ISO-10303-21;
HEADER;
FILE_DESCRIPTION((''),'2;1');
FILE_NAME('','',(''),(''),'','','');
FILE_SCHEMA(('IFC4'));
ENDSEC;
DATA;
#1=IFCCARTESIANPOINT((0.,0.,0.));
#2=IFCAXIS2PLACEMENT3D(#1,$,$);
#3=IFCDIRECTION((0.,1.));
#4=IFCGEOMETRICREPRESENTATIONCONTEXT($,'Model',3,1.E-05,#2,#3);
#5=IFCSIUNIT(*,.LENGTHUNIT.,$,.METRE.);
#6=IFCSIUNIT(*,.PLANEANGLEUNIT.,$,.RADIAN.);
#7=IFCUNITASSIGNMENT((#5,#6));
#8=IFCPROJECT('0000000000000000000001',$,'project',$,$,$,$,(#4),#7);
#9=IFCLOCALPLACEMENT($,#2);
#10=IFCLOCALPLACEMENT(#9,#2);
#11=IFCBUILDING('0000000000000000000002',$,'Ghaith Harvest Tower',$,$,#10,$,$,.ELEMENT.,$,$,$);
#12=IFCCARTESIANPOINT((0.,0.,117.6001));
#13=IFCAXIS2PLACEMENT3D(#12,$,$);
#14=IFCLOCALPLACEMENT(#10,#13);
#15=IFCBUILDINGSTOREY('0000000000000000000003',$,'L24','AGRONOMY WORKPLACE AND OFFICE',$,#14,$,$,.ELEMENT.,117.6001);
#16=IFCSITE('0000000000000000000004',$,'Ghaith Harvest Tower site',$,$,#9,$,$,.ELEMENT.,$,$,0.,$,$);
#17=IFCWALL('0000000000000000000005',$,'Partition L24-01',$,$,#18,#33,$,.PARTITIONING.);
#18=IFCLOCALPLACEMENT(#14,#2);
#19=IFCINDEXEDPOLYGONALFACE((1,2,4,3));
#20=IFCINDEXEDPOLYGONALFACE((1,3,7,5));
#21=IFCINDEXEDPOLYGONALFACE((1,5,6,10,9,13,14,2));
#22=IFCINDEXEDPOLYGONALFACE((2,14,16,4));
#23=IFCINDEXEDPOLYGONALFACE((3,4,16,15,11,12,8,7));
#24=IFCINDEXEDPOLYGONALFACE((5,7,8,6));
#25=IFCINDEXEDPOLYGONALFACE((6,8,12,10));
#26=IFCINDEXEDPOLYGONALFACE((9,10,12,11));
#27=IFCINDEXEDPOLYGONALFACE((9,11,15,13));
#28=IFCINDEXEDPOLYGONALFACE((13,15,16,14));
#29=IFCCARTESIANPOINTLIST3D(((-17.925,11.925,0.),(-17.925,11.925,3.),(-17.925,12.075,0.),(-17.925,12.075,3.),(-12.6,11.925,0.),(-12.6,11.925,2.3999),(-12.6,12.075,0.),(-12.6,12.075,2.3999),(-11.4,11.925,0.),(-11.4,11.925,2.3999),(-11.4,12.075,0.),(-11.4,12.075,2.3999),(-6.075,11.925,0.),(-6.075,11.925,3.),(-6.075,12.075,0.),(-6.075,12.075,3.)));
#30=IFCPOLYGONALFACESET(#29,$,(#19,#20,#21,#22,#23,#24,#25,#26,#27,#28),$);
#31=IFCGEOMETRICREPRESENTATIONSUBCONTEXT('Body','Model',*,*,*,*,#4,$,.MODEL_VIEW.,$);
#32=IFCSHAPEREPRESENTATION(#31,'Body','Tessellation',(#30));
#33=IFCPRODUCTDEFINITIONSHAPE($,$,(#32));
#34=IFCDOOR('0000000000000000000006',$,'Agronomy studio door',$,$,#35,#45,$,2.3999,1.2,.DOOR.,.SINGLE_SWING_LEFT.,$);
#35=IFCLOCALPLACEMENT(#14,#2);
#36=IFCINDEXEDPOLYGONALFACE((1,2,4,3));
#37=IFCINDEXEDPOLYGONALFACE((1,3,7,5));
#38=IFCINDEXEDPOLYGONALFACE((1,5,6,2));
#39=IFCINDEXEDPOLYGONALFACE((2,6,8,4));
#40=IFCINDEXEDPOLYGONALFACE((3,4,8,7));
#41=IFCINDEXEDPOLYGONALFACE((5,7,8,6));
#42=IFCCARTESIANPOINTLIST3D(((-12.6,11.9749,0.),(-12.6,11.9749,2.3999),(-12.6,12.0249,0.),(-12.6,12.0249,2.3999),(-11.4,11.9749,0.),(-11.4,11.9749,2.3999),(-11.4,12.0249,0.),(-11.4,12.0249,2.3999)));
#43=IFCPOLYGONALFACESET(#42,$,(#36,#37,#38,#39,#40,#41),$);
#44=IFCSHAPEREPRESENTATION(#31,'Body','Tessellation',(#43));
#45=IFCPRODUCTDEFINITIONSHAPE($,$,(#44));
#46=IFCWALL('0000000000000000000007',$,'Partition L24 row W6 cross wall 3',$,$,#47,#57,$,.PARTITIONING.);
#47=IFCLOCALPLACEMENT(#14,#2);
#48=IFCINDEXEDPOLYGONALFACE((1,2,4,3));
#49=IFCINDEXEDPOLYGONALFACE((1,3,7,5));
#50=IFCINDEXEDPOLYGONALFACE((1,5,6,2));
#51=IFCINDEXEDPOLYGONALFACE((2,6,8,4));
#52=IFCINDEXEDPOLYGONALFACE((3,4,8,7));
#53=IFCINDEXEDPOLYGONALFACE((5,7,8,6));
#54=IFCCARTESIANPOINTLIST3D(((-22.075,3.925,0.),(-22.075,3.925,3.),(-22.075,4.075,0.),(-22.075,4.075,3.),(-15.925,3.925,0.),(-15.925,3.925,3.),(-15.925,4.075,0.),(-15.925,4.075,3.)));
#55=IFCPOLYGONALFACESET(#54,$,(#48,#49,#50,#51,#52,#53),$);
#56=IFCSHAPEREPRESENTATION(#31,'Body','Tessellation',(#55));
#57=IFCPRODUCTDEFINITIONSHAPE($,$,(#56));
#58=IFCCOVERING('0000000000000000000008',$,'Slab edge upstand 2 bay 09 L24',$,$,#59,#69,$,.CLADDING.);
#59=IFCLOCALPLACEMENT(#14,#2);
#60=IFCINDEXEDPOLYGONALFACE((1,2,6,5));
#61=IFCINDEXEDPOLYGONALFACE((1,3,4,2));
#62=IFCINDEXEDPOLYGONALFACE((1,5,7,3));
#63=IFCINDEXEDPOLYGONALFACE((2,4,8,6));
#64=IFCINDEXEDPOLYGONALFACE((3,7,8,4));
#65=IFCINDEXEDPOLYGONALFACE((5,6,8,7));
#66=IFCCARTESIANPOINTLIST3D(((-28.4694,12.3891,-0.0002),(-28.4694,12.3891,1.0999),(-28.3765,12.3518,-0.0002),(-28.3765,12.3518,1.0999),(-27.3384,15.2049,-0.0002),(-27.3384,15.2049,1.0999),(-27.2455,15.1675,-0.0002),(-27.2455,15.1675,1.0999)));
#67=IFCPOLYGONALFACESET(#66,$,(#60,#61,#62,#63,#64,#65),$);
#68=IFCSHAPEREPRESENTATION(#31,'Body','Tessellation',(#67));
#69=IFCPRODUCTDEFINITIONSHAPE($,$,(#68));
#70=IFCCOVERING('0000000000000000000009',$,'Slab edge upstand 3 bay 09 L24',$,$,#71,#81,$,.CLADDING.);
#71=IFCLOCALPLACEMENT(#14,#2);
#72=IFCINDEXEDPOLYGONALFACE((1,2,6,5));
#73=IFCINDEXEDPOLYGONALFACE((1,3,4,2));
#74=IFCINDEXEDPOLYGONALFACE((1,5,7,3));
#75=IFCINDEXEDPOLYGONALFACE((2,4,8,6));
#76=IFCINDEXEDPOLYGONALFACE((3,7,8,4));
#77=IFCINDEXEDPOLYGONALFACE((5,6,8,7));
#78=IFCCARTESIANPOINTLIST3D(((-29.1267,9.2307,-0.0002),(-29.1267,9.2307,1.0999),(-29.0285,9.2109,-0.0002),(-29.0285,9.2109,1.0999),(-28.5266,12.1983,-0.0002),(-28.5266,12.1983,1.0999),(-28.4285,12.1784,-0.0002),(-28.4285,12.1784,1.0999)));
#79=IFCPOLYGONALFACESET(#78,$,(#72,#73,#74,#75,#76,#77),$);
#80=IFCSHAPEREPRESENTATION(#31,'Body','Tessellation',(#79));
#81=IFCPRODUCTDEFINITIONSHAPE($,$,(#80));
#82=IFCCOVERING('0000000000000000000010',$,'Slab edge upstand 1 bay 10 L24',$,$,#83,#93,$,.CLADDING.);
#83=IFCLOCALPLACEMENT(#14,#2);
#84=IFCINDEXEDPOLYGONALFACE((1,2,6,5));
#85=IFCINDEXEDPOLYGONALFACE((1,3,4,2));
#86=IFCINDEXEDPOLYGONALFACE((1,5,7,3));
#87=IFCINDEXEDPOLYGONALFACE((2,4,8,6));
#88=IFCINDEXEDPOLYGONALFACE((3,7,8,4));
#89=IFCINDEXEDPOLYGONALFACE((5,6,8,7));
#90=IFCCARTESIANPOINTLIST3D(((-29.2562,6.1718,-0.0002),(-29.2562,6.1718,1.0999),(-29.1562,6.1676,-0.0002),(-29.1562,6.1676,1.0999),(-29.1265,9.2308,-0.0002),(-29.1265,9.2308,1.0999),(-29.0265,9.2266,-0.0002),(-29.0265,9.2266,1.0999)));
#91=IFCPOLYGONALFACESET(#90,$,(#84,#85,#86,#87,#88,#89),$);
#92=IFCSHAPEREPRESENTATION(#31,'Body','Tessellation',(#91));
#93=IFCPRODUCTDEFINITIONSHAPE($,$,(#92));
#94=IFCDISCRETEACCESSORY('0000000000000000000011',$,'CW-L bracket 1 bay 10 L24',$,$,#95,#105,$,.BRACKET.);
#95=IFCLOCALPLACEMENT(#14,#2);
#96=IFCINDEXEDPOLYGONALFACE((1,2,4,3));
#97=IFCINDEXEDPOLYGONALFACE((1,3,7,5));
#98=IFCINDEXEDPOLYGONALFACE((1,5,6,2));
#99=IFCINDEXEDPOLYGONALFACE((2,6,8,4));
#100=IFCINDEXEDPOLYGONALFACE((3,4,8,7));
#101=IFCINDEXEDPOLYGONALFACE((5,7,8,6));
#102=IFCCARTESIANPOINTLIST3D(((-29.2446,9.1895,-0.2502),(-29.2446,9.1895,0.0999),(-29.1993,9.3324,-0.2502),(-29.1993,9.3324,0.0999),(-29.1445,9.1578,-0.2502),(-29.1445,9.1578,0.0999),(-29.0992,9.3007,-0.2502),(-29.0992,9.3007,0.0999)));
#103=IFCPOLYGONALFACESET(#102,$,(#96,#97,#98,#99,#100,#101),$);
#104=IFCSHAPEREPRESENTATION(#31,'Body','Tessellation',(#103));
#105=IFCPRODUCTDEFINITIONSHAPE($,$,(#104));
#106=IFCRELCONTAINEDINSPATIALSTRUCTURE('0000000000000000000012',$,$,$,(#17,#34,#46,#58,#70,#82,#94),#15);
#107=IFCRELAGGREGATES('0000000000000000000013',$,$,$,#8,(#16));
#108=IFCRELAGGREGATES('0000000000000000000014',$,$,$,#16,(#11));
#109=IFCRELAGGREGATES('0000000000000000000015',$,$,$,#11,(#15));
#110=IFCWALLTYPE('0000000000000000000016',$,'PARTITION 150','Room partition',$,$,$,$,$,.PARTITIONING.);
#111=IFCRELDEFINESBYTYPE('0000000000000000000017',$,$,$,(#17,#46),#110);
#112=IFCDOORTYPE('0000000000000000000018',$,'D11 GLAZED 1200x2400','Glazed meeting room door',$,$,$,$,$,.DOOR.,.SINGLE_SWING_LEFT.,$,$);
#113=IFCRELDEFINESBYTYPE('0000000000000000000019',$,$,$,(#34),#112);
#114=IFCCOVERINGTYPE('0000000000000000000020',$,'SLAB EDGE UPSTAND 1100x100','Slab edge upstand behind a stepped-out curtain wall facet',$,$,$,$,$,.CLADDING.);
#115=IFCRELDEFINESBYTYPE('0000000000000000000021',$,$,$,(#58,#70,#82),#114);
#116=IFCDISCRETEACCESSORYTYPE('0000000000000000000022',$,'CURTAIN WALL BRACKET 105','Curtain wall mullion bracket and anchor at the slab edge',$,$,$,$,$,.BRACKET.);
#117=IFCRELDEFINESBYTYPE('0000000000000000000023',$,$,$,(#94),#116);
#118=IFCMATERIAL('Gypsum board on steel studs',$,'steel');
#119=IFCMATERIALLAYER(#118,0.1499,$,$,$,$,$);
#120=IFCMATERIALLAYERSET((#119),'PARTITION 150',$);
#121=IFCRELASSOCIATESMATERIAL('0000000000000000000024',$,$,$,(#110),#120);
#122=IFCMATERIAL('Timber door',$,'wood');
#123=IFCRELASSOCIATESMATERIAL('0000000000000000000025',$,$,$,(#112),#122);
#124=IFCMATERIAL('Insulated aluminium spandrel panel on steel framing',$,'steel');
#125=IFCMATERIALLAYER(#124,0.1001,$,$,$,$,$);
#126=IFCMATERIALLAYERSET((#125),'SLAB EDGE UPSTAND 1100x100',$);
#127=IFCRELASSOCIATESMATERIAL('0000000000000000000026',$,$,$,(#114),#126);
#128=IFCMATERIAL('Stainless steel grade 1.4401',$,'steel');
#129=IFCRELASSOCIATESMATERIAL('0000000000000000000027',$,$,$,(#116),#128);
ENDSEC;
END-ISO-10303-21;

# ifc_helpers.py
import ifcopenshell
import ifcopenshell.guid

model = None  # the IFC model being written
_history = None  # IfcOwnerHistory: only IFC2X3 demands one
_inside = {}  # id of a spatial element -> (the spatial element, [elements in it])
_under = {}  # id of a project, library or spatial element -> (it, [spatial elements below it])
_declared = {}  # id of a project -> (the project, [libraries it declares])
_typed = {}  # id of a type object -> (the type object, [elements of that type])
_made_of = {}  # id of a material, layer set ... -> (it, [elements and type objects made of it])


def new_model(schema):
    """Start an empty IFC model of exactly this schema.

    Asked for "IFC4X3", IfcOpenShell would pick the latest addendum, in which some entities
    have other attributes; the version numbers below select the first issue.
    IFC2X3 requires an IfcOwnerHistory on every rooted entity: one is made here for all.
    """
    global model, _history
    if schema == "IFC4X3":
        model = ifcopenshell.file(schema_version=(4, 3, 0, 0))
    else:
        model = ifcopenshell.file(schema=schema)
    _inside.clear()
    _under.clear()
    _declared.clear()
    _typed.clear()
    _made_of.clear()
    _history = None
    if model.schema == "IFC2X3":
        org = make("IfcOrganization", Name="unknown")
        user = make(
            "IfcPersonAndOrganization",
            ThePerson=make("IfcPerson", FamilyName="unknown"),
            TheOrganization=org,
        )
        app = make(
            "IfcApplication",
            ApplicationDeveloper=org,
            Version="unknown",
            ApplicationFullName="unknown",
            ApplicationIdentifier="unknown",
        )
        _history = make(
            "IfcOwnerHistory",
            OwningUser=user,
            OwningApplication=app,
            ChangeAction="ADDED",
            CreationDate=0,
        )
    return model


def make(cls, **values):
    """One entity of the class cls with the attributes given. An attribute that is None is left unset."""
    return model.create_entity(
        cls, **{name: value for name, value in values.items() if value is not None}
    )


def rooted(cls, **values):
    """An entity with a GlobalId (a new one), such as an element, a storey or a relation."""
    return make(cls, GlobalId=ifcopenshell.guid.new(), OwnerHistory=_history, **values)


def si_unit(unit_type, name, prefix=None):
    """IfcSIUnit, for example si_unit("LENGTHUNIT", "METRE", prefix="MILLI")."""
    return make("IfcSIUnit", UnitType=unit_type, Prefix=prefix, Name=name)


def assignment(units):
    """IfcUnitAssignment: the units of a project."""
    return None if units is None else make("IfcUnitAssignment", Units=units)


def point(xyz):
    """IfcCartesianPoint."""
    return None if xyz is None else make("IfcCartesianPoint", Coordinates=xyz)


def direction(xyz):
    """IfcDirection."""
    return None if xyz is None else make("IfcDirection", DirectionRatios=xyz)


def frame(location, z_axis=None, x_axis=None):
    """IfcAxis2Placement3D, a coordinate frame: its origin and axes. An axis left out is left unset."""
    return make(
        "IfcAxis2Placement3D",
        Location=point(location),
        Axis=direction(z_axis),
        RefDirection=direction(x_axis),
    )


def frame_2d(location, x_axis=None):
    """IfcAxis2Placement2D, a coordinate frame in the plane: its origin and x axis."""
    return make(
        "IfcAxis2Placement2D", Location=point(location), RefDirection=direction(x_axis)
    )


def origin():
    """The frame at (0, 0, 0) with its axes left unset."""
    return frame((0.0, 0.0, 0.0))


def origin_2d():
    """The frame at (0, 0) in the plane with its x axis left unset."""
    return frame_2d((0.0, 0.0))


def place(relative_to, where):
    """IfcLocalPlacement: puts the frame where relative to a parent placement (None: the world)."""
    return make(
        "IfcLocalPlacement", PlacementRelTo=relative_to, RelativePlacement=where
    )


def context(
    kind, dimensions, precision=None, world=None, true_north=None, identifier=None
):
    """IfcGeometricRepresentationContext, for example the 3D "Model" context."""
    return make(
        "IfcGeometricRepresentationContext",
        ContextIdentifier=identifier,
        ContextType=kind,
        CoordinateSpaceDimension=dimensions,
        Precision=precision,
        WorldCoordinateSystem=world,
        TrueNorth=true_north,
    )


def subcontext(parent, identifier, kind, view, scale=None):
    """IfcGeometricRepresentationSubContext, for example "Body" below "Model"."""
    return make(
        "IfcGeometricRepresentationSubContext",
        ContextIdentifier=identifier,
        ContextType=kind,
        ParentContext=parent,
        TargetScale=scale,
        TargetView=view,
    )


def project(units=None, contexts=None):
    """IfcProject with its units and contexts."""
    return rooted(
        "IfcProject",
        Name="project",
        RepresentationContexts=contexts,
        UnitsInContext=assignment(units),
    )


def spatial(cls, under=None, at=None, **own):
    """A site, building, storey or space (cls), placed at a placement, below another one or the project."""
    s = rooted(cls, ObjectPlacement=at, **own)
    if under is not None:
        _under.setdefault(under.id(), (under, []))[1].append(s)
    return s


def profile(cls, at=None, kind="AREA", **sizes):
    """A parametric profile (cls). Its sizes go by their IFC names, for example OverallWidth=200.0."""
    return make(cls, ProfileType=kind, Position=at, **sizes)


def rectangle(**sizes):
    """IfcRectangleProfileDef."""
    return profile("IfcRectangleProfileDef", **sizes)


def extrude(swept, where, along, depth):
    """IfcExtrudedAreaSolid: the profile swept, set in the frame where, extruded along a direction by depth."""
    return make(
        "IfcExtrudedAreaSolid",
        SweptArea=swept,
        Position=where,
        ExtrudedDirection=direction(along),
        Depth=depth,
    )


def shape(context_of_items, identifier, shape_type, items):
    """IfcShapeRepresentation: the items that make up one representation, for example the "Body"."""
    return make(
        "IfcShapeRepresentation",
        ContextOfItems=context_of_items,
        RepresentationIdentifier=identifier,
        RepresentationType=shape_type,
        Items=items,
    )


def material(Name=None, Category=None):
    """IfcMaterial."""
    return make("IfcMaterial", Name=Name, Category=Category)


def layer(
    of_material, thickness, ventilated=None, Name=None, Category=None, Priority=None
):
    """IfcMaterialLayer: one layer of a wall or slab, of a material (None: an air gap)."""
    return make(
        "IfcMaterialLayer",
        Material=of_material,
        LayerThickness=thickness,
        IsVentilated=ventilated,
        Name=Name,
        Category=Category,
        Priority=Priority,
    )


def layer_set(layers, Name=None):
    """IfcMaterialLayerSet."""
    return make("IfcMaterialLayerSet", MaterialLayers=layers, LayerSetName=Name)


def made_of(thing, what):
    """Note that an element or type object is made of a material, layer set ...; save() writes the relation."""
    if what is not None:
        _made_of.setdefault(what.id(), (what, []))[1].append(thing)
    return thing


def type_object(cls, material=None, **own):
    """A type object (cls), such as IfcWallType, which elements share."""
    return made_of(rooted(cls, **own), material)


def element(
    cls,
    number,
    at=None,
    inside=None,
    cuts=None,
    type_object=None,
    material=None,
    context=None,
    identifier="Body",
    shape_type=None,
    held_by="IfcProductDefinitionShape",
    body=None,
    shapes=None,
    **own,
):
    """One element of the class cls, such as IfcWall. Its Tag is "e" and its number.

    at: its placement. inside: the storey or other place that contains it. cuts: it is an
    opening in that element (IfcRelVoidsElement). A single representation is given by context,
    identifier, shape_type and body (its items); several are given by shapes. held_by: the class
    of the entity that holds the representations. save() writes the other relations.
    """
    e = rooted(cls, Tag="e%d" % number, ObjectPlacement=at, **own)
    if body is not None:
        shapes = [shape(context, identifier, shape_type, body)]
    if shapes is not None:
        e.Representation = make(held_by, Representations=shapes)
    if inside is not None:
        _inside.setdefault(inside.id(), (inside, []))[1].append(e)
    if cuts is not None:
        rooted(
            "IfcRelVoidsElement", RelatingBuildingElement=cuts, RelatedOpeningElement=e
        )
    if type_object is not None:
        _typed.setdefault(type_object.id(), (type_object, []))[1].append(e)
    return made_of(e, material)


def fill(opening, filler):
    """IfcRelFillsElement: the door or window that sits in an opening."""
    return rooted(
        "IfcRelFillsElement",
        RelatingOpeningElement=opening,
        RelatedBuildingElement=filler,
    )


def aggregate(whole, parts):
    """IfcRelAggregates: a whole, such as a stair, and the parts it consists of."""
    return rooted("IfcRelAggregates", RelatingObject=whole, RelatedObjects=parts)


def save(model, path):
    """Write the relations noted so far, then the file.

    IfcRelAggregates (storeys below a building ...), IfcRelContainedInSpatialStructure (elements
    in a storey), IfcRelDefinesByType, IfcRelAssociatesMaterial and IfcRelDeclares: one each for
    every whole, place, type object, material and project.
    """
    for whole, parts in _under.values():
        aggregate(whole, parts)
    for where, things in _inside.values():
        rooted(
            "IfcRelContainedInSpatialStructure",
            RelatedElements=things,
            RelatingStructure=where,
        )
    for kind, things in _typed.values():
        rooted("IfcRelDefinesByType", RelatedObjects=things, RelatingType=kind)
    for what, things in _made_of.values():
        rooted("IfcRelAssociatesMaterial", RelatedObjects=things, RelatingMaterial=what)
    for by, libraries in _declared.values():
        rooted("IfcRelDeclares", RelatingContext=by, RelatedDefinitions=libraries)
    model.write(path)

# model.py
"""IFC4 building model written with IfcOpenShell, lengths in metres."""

from ifc_helpers import new_model, si_unit, direction, frame, frame_2d, origin, origin_2d, place, context, subcontext, project, spatial, rectangle, extrude, material, layer, layer_set, type_object, element, fill, save


model = new_model("IFC4")

# Units and contexts
model_context = context("Model", 3, precision=1e-05, world=origin(), true_north=direction((0.0, 1.0)))
body_context = subcontext(model_context, "Body", "Model", "MODEL_VIEW")
ifc_project = project(units=[si_unit("LENGTHUNIT", "METRE"), si_unit("PLANEANGLEUNIT", "RADIAN")], contexts=[model_context])

# Site, building, storey
site_placement = place(None, origin())
site = spatial("IfcSite", under=ifc_project, at=site_placement, Name="Ghaith Harvest Tower site", CompositionType="ELEMENT", RefElevation=0.0)
building_placement = place(site_placement, origin())
building = spatial("IfcBuilding", under=site, at=building_placement, Name="Ghaith Harvest Tower", CompositionType="ELEMENT")
storey_placement = place(building_placement, frame((0.0, 0.0, 117.6001)))
storey = spatial("IfcBuildingStorey", under=building, at=storey_placement, Name="L24", Description="AGRONOMY WORKPLACE AND OFFICE", CompositionType="ELEMENT", Elevation=117.6001)

# Shared definitions
ifc_material_1 = material(Name="Gypsum board on steel studs", Category="steel")
ifc_layer_1 = layer(ifc_material_1, 0.1499)
ifc_layer_set_1 = layer_set([ifc_layer_1], Name="PARTITION 150")
wall_type_1 = type_object("IfcWallType", Name="PARTITION 150", Description="Room partition", PredefinedType="PARTITIONING", material=ifc_layer_set_1)

# Wall, opening, door
wall_1_placement = place(storey_placement, frame((-17.925, 12.0, 0.0), z_axis=(0.0, 0.0, 1.0), x_axis=(1.0, 0.0, 0.0)))
wall_1 = element("IfcWall", 1, at=wall_1_placement, inside=storey, type_object=wall_type_1, Name="Partition L24-01", PredefinedType="PARTITIONING", context=body_context, shape_type="SweptSolid", body=[
    extrude(rectangle(XDim=11.8501, YDim=0.1499, at=frame_2d((5.925, 0.0))), origin(), (0.0, 0.0, 1.0), 3.0),
])
opening_1_placement = place(wall_1_placement, frame((5.325, 0.0, 0.0)))
opening_1 = element("IfcOpeningElement", 2, at=opening_1_placement, cuts=wall_1, PredefinedType="OPENING", context=body_context, shape_type="SweptSolid", body=[
    extrude(rectangle(XDim=1.2, YDim=2.3999, at=frame_2d((0.6001, 1.2))), frame((0.0, 0.085, 0.0), z_axis=(0.0, -1.0, 0.0), x_axis=(1.0, 0.0, 0.0)), (0.0, 0.0, 1.0), 0.1699),
])
ifc_material_2 = material(Name="Timber door", Category="wood")
door_type_1 = type_object("IfcDoorType", Name="D11 GLAZED 1200x2400", Description="Glazed meeting room door", OperationType="SINGLE_SWING_LEFT", PredefinedType="DOOR", material=ifc_material_2)
door_1_placement = place(opening_1_placement, origin())
door_1 = element("IfcDoor", 3, at=door_1_placement, inside=storey, type_object=door_type_1, Name="Agronomy studio door", OperationType="SINGLE_SWING_LEFT", OverallHeight=2.3999, OverallWidth=1.2, PredefinedType="DOOR", context=body_context, shape_type="SweptSolid", body=[
    extrude(rectangle(XDim=1.2, YDim=2.3999, at=frame_2d((0.6001, 1.2))), frame((0.0, 0.0249, 0.0), z_axis=(0.0, -1.0, 0.0), x_axis=(1.0, 0.0, 0.0)), (0.0, 0.0, 1.0), 0.05),
])
fill(opening_1, door_1)

# Wall
wall_2_placement = place(storey_placement, frame((-15.925, 4.0, 0.0), z_axis=(0.0, 0.0, 1.0), x_axis=(-1.0, 0.0, 0.0)))
element("IfcWall", 4, at=wall_2_placement, inside=storey, type_object=wall_type_1, Name="Partition L24 row W6 cross wall 3", PredefinedType="PARTITIONING", context=body_context, shape_type="SweptSolid", body=[
    extrude(rectangle(XDim=6.1499, YDim=0.1499, at=frame_2d((3.075, 0.0))), origin(), (0.0, 0.0, 1.0), 3.0),
])

# Coverings
ifc_material_3 = material(Name="Insulated aluminium spandrel panel on steel framing", Category="steel")
ifc_layer_2 = layer(ifc_material_3, 0.1001)
ifc_layer_set_2 = layer_set([ifc_layer_2], Name="SLAB EDGE UPSTAND 1100x100")
covering_type = type_object("IfcCoveringType", Name="SLAB EDGE UPSTAND 1100x100", Description="Slab edge upstand behind a stepped-out curtain wall facet", PredefinedType="CLADDING", material=ifc_layer_set_2)
covering_1_placement = place(storey_placement, frame((-27.8574, 13.7783, -0.0002), z_axis=(0.0, 0.0, 1.0), x_axis=(-0.372732, -0.927939, 0.0)))
element("IfcCovering", 5, at=covering_1_placement, inside=storey, type_object=covering_type, Name="Slab edge upstand 2 bay 09 L24", PredefinedType="CLADDING", context=body_context, shape_type="SweptSolid", body=[
    extrude(rectangle(XDim=3.0344, YDim=0.1001, at=origin_2d()), origin(), (0.0, 0.0, 1.0), 1.1001),
])
covering_2_placement = place(storey_placement, frame((-28.7776, 10.7046, -0.0002), z_axis=(0.0, 0.0, 1.0), x_axis=(-0.198183, -0.980165, 0.0)))
element("IfcCovering", 6, at=covering_2_placement, inside=storey, type_object=covering_type, Name="Slab edge upstand 3 bay 09 L24", PredefinedType="CLADDING", context=body_context, shape_type="SweptSolid", body=[
    extrude(rectangle(XDim=3.0276, YDim=0.1001, at=origin_2d()), origin(), (0.0, 0.0, 1.0), 1.1001),
])
covering_3_placement = place(storey_placement, frame((-29.1414, 7.6992, -0.0002), z_axis=(0.0, 0.0, 1.0), x_axis=(-0.042373, -0.999102, 0.0)))
element("IfcCovering", 7, at=covering_3_placement, inside=storey, type_object=covering_type, Name="Slab edge upstand 1 bay 10 L24", PredefinedType="CLADDING", context=body_context, shape_type="SweptSolid", body=[
    extrude(rectangle(XDim=3.0618, YDim=0.1001, at=origin_2d()), origin(), (0.0, 0.0, 1.0), 1.1001),
])

# Discrete accessory
ifc_material_4 = material(Name="Stainless steel grade 1.4401", Category="steel")
discrete_accessory_type = type_object("IfcDiscreteAccessoryType", Name="CURTAIN WALL BRACKET 105", Description="Curtain wall mullion bracket and anchor at the slab edge", PredefinedType="BRACKET", material=ifc_material_4)
discrete_accessory_placement = place(storey_placement, frame((-29.1719, 9.2451, -0.2502), z_axis=(0.0, 0.0, 1.0), x_axis=(-0.953273, 0.30211, 0.0)))
element("IfcDiscreteAccessory", 8, at=discrete_accessory_placement, inside=storey, type_object=discrete_accessory_type, Name="CW-L bracket 1 bay 10 L24", PredefinedType="BRACKET", context=body_context, shape_type="SweptSolid", body=[
    extrude(rectangle(XDim=0.105, YDim=0.1499, at=origin_2d()), origin(), (0.0, 0.0, 1.0), 0.3501),
])

save(model, "model.ifc")
